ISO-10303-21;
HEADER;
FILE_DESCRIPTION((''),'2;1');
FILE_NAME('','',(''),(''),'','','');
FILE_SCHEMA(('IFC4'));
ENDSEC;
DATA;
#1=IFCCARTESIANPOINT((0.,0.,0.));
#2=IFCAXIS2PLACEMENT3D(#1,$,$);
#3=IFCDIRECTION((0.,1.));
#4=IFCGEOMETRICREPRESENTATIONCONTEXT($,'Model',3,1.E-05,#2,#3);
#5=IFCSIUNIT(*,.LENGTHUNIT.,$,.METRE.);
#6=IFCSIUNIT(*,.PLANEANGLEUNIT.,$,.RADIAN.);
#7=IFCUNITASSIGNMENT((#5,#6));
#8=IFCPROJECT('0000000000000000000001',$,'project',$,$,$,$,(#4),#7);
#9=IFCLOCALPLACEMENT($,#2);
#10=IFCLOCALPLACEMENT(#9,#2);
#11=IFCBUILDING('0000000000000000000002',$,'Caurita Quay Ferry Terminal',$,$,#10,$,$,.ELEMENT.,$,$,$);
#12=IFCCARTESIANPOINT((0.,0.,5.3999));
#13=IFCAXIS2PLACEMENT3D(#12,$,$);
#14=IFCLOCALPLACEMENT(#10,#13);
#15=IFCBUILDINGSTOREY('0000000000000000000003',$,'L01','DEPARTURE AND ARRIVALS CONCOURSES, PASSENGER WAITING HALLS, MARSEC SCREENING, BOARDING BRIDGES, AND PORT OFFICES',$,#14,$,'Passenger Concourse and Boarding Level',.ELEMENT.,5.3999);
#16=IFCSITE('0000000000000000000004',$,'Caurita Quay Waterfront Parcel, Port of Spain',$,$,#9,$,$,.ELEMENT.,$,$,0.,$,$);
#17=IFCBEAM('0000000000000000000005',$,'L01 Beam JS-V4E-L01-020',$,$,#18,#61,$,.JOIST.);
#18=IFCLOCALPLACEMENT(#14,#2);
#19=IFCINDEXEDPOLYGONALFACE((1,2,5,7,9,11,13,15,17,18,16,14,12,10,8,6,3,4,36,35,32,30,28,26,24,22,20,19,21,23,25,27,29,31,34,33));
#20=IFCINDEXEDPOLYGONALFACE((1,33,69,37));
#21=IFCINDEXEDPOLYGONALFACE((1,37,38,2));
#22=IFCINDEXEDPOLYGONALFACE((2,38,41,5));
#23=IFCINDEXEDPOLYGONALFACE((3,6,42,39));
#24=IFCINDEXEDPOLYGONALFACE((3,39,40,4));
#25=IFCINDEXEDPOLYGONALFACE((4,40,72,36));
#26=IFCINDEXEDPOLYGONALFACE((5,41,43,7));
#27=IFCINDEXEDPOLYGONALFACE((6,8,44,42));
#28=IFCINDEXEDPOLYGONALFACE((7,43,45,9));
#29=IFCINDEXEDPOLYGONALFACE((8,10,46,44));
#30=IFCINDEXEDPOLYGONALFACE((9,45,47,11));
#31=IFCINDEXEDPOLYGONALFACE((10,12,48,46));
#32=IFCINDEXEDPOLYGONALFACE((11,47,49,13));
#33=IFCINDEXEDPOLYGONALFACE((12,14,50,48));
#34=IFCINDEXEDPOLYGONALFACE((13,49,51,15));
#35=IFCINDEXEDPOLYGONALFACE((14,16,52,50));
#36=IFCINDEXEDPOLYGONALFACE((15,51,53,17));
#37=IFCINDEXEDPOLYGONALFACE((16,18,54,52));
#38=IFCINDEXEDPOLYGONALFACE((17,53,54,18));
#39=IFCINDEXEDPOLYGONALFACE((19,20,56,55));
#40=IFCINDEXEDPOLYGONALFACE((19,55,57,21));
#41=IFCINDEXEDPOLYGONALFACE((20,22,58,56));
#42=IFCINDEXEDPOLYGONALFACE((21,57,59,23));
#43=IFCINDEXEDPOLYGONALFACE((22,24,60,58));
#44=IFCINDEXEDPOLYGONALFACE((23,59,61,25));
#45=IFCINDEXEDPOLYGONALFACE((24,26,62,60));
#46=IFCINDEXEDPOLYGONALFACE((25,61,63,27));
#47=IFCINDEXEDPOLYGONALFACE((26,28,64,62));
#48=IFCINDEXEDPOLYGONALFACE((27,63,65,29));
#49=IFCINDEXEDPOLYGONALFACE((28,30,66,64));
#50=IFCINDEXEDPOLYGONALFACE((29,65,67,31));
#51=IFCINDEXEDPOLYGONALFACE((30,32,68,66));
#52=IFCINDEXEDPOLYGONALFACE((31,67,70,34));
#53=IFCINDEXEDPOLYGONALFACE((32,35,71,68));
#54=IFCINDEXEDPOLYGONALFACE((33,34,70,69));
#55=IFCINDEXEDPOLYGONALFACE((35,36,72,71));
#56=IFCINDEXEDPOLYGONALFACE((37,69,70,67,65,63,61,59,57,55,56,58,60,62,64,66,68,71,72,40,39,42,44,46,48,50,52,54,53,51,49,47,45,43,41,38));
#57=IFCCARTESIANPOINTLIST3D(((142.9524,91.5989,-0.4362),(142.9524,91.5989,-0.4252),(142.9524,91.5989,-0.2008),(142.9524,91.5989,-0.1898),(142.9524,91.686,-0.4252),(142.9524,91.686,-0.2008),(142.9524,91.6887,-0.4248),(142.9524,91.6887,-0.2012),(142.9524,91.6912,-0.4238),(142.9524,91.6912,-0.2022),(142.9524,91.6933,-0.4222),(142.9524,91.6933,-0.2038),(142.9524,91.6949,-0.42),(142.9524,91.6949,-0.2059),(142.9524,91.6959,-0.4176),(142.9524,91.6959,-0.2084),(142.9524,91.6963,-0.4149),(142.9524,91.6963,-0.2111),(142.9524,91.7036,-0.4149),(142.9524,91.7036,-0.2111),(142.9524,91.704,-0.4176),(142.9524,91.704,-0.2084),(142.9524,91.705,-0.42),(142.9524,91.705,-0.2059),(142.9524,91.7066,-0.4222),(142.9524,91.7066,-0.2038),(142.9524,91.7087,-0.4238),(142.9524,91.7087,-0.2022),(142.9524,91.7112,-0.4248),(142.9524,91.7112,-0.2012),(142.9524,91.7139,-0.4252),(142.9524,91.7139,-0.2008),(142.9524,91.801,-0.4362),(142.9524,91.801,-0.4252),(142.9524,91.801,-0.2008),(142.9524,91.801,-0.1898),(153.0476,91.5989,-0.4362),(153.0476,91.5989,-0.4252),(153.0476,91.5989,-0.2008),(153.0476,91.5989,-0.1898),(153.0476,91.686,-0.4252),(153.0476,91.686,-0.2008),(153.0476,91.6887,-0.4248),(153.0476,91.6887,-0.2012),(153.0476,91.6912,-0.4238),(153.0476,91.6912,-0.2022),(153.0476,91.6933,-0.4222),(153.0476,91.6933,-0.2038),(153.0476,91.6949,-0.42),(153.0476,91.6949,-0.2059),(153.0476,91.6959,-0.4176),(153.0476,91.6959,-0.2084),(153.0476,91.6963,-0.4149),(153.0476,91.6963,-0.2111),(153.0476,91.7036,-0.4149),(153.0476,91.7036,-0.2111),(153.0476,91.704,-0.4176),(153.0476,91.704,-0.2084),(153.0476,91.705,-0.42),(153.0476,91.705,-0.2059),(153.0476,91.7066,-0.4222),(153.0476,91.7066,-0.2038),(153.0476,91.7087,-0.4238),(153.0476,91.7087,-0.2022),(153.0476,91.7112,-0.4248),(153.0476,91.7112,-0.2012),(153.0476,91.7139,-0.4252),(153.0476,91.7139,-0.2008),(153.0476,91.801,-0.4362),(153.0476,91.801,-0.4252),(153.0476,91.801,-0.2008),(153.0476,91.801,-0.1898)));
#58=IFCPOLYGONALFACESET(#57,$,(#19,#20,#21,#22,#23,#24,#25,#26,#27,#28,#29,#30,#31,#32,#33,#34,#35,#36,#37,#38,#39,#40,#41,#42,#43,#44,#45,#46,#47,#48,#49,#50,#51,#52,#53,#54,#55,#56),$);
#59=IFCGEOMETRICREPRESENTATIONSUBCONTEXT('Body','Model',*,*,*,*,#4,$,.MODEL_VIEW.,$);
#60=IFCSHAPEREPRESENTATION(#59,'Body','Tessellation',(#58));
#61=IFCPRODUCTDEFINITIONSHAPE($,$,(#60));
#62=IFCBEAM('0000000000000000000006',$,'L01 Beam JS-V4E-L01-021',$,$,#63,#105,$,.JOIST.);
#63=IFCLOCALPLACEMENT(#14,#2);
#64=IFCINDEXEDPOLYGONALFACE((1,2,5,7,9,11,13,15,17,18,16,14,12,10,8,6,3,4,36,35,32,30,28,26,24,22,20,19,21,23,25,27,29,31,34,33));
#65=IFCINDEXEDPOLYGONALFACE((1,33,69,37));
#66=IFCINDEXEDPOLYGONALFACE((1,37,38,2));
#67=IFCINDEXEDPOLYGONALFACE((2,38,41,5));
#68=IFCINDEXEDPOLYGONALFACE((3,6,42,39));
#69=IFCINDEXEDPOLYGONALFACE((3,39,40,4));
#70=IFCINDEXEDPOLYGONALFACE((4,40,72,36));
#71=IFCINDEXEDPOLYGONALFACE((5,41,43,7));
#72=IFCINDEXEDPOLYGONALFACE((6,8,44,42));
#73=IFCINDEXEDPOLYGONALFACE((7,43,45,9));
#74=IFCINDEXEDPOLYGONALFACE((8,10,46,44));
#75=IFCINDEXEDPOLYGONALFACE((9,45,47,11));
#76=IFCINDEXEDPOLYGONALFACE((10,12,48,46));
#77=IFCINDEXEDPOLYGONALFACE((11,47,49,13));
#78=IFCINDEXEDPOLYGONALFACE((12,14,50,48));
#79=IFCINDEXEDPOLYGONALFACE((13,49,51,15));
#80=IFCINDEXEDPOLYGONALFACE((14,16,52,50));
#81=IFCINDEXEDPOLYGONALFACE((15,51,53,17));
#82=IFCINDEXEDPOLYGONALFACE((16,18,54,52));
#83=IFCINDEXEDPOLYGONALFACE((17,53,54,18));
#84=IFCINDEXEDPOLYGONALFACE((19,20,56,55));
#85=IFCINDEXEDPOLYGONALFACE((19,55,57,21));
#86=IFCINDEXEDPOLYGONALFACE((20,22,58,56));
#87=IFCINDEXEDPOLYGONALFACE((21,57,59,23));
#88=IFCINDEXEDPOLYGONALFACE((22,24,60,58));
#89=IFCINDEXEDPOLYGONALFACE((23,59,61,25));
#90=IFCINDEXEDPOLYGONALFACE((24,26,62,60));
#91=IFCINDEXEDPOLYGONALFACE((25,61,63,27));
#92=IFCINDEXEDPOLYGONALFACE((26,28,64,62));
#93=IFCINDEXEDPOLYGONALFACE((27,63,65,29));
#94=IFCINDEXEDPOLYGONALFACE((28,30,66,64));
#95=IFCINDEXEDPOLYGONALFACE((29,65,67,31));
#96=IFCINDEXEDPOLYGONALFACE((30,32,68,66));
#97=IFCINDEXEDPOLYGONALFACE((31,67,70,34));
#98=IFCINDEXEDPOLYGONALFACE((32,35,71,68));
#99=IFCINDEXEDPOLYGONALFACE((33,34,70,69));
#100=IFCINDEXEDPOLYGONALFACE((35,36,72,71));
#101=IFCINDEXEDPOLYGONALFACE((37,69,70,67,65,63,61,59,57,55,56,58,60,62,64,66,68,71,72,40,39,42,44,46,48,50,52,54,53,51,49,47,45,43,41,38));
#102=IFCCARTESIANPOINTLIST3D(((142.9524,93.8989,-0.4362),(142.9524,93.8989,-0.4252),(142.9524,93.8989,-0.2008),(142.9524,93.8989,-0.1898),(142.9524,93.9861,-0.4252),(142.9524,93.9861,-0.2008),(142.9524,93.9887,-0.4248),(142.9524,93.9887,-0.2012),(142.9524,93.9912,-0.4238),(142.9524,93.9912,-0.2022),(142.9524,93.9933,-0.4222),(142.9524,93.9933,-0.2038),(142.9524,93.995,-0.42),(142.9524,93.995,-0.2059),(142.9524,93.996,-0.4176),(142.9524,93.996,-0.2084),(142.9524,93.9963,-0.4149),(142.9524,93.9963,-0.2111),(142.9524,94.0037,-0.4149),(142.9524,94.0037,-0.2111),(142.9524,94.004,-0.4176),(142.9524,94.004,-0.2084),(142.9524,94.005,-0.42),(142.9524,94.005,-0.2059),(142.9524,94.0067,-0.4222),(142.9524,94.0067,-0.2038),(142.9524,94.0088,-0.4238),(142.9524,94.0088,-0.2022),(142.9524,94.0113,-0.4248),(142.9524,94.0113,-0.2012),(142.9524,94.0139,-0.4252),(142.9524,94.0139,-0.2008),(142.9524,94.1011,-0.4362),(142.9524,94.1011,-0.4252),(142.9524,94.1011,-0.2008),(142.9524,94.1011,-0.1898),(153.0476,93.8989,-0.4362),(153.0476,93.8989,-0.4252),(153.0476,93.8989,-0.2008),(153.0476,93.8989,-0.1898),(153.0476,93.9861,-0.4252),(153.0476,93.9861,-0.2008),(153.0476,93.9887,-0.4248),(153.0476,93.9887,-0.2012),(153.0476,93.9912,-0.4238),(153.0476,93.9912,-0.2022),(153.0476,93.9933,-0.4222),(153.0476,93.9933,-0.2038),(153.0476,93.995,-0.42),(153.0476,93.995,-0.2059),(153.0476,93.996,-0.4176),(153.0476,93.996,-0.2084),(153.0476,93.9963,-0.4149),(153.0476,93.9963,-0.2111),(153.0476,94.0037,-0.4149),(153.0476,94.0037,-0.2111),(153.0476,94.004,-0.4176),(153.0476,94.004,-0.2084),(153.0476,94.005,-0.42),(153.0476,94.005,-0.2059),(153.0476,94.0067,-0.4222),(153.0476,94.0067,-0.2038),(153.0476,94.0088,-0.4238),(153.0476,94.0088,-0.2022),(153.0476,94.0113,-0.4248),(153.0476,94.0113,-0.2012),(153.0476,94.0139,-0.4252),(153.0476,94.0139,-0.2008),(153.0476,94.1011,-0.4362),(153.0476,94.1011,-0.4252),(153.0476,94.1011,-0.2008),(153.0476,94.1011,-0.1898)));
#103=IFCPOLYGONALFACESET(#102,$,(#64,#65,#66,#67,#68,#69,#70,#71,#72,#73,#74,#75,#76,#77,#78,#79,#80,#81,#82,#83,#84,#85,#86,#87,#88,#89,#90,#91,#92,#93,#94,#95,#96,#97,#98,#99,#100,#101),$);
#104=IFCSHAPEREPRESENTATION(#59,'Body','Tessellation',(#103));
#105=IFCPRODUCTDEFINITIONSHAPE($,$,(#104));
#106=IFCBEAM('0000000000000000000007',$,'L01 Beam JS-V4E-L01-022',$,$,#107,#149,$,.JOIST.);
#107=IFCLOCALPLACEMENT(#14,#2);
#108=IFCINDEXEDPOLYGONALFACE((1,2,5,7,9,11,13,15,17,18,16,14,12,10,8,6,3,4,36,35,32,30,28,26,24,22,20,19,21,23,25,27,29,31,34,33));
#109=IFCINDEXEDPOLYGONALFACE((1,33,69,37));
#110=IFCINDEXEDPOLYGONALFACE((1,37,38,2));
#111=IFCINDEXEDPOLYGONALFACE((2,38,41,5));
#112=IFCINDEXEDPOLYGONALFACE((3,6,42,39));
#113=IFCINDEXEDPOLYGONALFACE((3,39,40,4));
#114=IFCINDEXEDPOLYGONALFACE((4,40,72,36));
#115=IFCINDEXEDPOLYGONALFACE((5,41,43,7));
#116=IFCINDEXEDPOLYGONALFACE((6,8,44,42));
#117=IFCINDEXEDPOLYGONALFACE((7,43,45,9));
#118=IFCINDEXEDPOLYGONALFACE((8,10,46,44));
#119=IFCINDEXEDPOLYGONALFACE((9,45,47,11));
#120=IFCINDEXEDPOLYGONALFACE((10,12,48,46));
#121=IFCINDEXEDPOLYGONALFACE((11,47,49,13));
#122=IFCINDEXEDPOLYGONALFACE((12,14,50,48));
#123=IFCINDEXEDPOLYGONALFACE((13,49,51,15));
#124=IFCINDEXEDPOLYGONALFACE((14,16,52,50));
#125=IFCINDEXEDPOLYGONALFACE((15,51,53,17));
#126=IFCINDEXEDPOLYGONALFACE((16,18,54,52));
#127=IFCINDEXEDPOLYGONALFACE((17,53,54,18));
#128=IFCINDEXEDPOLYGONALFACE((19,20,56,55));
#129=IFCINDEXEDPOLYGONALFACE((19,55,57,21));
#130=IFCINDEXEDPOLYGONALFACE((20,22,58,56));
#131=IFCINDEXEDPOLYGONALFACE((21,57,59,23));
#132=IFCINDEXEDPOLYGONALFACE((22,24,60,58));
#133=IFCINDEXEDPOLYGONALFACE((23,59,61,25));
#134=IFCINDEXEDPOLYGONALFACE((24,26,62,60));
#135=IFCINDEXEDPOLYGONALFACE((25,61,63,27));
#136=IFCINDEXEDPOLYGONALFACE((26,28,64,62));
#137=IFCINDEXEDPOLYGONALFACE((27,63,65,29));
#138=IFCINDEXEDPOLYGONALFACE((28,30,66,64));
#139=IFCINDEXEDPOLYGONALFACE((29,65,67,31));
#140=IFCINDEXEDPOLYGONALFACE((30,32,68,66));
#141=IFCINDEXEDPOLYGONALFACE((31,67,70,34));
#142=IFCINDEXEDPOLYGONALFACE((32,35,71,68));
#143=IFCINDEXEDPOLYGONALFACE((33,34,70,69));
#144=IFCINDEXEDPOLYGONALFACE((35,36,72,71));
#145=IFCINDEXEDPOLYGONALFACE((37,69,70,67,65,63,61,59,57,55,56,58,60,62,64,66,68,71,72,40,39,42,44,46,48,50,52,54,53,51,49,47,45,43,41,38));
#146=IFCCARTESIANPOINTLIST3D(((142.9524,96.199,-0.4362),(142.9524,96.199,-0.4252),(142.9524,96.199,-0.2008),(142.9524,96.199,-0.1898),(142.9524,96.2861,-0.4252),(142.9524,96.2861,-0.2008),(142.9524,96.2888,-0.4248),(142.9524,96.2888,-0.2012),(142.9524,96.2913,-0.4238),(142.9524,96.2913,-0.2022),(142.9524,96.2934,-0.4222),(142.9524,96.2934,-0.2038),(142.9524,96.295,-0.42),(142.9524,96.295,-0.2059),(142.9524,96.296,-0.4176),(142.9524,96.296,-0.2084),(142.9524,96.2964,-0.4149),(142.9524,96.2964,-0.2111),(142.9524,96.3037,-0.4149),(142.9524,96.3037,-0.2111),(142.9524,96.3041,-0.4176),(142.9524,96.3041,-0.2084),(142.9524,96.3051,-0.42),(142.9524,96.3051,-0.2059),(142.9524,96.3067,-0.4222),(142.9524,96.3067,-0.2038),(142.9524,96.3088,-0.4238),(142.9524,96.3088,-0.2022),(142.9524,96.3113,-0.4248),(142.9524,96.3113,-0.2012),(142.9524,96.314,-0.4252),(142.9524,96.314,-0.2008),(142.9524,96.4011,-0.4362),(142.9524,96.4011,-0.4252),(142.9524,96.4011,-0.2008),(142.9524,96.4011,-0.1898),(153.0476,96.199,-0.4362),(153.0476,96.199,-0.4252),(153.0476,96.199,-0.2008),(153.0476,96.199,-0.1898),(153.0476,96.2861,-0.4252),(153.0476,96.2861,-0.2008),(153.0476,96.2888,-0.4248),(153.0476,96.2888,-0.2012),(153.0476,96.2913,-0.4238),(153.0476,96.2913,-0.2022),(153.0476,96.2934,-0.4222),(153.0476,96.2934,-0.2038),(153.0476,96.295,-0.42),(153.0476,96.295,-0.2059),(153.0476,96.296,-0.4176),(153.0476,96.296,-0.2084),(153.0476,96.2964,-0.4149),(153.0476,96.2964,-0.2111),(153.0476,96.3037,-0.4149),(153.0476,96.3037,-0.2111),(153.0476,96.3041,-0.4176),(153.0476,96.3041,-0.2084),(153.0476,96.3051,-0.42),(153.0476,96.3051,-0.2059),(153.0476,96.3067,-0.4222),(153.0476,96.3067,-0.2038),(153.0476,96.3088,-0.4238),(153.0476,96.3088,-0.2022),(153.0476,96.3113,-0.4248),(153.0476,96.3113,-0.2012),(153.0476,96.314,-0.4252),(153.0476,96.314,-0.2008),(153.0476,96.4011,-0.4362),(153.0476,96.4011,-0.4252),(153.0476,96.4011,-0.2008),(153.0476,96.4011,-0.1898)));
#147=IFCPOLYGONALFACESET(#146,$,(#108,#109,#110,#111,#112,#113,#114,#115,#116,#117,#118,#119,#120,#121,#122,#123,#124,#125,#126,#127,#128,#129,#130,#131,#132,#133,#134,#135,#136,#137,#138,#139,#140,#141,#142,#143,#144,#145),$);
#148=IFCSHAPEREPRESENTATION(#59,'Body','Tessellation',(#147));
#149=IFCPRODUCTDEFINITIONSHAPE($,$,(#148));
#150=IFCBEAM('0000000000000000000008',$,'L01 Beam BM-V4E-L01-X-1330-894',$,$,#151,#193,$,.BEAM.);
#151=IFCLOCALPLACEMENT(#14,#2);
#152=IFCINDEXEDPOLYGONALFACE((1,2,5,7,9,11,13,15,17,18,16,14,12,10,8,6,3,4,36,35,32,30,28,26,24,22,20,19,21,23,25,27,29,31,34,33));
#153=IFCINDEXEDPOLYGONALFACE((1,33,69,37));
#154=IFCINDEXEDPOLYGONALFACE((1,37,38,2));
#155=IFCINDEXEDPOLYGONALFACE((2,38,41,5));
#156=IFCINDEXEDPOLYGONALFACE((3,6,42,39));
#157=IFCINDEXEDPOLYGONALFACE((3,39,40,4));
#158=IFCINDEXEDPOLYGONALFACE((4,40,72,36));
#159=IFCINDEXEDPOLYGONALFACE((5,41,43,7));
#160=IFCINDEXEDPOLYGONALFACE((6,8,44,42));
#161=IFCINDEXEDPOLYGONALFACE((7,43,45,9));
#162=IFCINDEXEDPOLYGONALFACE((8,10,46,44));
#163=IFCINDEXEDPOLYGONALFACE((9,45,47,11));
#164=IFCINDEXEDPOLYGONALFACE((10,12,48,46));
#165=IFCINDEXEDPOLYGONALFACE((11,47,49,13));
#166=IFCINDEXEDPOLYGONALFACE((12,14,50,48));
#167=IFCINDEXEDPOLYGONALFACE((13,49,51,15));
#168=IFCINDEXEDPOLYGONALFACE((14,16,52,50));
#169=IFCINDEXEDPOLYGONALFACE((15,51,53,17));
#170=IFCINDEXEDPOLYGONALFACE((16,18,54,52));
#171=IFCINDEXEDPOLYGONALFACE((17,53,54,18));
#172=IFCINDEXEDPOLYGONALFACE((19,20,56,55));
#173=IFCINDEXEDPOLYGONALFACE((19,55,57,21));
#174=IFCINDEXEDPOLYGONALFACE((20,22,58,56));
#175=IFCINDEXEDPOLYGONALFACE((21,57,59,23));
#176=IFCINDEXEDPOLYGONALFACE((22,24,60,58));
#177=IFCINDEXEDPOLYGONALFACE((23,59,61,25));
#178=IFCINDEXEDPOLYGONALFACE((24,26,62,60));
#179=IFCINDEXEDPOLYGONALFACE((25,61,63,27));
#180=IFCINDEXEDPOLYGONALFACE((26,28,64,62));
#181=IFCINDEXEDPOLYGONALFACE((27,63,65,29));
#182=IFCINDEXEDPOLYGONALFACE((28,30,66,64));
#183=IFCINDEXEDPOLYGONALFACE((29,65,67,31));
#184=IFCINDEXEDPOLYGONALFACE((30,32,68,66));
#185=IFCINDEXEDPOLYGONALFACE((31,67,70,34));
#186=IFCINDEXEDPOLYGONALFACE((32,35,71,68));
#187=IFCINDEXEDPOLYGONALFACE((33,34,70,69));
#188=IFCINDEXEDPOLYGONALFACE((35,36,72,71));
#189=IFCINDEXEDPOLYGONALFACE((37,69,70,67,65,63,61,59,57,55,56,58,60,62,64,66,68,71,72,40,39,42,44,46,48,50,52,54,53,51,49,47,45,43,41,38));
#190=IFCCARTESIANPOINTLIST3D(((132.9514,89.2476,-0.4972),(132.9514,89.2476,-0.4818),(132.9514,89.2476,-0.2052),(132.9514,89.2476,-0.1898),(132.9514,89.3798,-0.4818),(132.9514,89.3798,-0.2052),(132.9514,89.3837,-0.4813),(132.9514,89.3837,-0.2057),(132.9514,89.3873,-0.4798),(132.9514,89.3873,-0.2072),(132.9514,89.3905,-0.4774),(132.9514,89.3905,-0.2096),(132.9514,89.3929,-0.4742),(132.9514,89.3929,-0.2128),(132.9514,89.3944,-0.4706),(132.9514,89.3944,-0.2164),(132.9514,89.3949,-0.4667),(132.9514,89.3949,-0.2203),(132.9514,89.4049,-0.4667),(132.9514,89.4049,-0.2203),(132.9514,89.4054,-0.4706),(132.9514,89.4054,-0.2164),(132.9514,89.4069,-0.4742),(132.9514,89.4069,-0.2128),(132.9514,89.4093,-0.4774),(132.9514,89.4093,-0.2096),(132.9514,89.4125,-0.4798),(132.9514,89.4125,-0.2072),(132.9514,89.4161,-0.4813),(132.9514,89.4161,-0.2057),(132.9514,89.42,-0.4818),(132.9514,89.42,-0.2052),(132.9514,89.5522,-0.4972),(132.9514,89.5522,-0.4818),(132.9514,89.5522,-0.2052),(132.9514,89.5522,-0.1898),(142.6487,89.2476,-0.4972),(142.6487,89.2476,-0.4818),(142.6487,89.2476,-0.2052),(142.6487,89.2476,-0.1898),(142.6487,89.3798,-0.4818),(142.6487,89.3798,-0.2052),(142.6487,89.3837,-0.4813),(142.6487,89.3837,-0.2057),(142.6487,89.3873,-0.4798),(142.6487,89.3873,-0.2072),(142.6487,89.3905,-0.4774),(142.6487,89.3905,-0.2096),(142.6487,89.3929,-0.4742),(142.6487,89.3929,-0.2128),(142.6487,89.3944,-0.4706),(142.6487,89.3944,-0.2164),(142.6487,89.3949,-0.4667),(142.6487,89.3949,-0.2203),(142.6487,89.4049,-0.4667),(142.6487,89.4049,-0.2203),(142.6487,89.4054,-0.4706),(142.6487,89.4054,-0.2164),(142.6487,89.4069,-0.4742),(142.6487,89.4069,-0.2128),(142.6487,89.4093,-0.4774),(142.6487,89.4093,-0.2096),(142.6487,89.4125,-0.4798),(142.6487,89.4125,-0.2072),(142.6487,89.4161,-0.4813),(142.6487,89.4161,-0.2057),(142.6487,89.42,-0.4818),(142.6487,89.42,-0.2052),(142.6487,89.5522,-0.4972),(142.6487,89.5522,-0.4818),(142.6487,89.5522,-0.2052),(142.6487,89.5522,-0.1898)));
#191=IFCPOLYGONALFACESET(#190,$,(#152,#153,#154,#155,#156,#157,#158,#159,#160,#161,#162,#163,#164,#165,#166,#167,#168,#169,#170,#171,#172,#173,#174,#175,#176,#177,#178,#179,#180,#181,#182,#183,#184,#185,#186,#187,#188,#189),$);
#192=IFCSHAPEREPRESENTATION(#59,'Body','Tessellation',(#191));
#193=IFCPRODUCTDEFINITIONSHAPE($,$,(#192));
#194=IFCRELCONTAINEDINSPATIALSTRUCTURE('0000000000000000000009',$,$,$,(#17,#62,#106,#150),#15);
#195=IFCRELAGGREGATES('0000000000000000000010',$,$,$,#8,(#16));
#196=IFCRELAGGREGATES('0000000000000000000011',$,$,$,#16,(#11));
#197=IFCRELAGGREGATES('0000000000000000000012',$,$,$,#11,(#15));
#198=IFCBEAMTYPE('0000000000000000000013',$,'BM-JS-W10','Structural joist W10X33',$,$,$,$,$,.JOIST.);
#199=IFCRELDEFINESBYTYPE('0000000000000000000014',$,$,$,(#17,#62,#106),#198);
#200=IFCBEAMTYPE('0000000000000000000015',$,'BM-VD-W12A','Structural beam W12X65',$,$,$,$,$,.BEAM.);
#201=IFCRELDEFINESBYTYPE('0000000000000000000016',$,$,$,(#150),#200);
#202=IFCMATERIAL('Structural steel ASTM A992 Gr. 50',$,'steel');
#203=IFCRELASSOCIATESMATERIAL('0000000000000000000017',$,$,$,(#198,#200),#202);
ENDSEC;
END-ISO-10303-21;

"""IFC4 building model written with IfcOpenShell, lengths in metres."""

from ifc_helpers import new_model, si_unit, direction, frame, origin, origin_2d, place, context, subcontext, project, spatial, i_section, extrude, material, material_profile, profile_set, type_object, element, save


model = new_model("IFC4")

# Units and contexts
model_context = context("Model", 3, precision=1e-05, world=origin(), true_north=direction((0.0, 1.0)))
body_context = subcontext(model_context, "Body", "Model", "MODEL_VIEW")
ifc_project = project(units=[si_unit("LENGTHUNIT", "METRE"), si_unit("PLANEANGLEUNIT", "RADIAN")], contexts=[model_context])

# Site, building, storey
site_placement = place(None, origin())
site = spatial("IfcSite", under=ifc_project, at=site_placement, Name="Caurita Quay Waterfront Parcel, Port of Spain", CompositionType="ELEMENT", RefElevation=0.0)
building_placement = place(site_placement, origin())
building = spatial("IfcBuilding", under=site, at=building_placement, Name="Caurita Quay Ferry Terminal", CompositionType="ELEMENT")
storey_placement = place(building_placement, frame((0.0, 0.0, 5.3999)))
storey = spatial("IfcBuildingStorey", under=building, at=storey_placement, Name="L01", Description="DEPARTURE AND ARRIVALS CONCOURSES, PASSENGER WAITING HALLS, MARSEC SCREENING, BOARDING BRIDGES, AND PORT OFFICES", LongName="Passenger Concourse and Boarding Level", CompositionType="ELEMENT", Elevation=5.3999)

# Beams
ifc_material_1 = material(Name="Structural steel ASTM A992 Gr. 50", Category="steel")
ifc_material_profile_1 = material_profile(ifc_material_1, i_section(OverallWidth=0.2021, OverallDepth=0.2463, WebThickness=0.0073, FlangeThickness=0.011, FilletRadius=0.0103, at=origin_2d()), Name="W10X33")
ifc_profile_set_1 = profile_set([ifc_material_profile_1], Name="Structural steel ASTM A992 Gr. 50")
beam_type_1 = type_object("IfcBeamType", Name="BM-JS-W10", Description="Structural joist W10X33", PredefinedType="JOIST", material=ifc_profile_set_1)
for number, where, z_axis, x_axis, name in (
    (1, (142.9524, 91.7, -0.313), (1.0, 0.0, 0.0), (0.0, 1.0, 0.0), "L01 Beam JS-V4E-L01-020"),
    (2, (142.9524, 94.0, -0.313), (1.0, 0.0, 0.0), (0.0, 1.0, 0.0), "L01 Beam JS-V4E-L01-021"),
    (3, (142.9524, 96.3, -0.313), (1.0, 0.0, 0.0), (0.0, 1.0, 0.0), "L01 Beam JS-V4E-L01-022"),
):
    element("IfcBeam", number, at=place(storey_placement, frame(where, z_axis=z_axis, x_axis=x_axis)), inside=storey, type_object=beam_type_1, Name=name, PredefinedType="JOIST", context=body_context, shape_type="SweptSolid", body=[
        extrude(i_section(OverallWidth=0.2021, OverallDepth=0.2463, WebThickness=0.0073, FlangeThickness=0.011, FilletRadius=0.0103, at=origin_2d()), origin(), (0.0, 0.0, 1.0), 10.0952),
    ])
ifc_material_profile_2 = material_profile(ifc_material_1, i_section(OverallWidth=0.3047, OverallDepth=0.3074, WebThickness=0.01, FlangeThickness=0.0154, FilletRadius=0.0151, at=origin_2d()), Name="W12X65")
ifc_profile_set_2 = profile_set([ifc_material_profile_2], Name="Structural steel ASTM A992 Gr. 50")
beam_type_2 = type_object("IfcBeamType", Name="BM-VD-W12A", Description="Structural beam W12X65", PredefinedType="BEAM", material=ifc_profile_set_2)
beam_1_placement = place(storey_placement, frame((132.9514, 89.3999, -0.3435), z_axis=(1.0, 0.0, 0.0), x_axis=(0.0, 1.0, 0.0)))
element("IfcBeam", 4, at=beam_1_placement, inside=storey, type_object=beam_type_2, Name="L01 Beam BM-V4E-L01-X-1330-894", PredefinedType="BEAM", context=body_context, shape_type="SweptSolid", body=[
    extrude(i_section(OverallWidth=0.3047, OverallDepth=0.3074, WebThickness=0.01, FlangeThickness=0.0154, FilletRadius=0.0151, at=origin_2d()), origin(), (0.0, 0.0, 1.0), 9.6973),
])

save(model, "model.ifc")
